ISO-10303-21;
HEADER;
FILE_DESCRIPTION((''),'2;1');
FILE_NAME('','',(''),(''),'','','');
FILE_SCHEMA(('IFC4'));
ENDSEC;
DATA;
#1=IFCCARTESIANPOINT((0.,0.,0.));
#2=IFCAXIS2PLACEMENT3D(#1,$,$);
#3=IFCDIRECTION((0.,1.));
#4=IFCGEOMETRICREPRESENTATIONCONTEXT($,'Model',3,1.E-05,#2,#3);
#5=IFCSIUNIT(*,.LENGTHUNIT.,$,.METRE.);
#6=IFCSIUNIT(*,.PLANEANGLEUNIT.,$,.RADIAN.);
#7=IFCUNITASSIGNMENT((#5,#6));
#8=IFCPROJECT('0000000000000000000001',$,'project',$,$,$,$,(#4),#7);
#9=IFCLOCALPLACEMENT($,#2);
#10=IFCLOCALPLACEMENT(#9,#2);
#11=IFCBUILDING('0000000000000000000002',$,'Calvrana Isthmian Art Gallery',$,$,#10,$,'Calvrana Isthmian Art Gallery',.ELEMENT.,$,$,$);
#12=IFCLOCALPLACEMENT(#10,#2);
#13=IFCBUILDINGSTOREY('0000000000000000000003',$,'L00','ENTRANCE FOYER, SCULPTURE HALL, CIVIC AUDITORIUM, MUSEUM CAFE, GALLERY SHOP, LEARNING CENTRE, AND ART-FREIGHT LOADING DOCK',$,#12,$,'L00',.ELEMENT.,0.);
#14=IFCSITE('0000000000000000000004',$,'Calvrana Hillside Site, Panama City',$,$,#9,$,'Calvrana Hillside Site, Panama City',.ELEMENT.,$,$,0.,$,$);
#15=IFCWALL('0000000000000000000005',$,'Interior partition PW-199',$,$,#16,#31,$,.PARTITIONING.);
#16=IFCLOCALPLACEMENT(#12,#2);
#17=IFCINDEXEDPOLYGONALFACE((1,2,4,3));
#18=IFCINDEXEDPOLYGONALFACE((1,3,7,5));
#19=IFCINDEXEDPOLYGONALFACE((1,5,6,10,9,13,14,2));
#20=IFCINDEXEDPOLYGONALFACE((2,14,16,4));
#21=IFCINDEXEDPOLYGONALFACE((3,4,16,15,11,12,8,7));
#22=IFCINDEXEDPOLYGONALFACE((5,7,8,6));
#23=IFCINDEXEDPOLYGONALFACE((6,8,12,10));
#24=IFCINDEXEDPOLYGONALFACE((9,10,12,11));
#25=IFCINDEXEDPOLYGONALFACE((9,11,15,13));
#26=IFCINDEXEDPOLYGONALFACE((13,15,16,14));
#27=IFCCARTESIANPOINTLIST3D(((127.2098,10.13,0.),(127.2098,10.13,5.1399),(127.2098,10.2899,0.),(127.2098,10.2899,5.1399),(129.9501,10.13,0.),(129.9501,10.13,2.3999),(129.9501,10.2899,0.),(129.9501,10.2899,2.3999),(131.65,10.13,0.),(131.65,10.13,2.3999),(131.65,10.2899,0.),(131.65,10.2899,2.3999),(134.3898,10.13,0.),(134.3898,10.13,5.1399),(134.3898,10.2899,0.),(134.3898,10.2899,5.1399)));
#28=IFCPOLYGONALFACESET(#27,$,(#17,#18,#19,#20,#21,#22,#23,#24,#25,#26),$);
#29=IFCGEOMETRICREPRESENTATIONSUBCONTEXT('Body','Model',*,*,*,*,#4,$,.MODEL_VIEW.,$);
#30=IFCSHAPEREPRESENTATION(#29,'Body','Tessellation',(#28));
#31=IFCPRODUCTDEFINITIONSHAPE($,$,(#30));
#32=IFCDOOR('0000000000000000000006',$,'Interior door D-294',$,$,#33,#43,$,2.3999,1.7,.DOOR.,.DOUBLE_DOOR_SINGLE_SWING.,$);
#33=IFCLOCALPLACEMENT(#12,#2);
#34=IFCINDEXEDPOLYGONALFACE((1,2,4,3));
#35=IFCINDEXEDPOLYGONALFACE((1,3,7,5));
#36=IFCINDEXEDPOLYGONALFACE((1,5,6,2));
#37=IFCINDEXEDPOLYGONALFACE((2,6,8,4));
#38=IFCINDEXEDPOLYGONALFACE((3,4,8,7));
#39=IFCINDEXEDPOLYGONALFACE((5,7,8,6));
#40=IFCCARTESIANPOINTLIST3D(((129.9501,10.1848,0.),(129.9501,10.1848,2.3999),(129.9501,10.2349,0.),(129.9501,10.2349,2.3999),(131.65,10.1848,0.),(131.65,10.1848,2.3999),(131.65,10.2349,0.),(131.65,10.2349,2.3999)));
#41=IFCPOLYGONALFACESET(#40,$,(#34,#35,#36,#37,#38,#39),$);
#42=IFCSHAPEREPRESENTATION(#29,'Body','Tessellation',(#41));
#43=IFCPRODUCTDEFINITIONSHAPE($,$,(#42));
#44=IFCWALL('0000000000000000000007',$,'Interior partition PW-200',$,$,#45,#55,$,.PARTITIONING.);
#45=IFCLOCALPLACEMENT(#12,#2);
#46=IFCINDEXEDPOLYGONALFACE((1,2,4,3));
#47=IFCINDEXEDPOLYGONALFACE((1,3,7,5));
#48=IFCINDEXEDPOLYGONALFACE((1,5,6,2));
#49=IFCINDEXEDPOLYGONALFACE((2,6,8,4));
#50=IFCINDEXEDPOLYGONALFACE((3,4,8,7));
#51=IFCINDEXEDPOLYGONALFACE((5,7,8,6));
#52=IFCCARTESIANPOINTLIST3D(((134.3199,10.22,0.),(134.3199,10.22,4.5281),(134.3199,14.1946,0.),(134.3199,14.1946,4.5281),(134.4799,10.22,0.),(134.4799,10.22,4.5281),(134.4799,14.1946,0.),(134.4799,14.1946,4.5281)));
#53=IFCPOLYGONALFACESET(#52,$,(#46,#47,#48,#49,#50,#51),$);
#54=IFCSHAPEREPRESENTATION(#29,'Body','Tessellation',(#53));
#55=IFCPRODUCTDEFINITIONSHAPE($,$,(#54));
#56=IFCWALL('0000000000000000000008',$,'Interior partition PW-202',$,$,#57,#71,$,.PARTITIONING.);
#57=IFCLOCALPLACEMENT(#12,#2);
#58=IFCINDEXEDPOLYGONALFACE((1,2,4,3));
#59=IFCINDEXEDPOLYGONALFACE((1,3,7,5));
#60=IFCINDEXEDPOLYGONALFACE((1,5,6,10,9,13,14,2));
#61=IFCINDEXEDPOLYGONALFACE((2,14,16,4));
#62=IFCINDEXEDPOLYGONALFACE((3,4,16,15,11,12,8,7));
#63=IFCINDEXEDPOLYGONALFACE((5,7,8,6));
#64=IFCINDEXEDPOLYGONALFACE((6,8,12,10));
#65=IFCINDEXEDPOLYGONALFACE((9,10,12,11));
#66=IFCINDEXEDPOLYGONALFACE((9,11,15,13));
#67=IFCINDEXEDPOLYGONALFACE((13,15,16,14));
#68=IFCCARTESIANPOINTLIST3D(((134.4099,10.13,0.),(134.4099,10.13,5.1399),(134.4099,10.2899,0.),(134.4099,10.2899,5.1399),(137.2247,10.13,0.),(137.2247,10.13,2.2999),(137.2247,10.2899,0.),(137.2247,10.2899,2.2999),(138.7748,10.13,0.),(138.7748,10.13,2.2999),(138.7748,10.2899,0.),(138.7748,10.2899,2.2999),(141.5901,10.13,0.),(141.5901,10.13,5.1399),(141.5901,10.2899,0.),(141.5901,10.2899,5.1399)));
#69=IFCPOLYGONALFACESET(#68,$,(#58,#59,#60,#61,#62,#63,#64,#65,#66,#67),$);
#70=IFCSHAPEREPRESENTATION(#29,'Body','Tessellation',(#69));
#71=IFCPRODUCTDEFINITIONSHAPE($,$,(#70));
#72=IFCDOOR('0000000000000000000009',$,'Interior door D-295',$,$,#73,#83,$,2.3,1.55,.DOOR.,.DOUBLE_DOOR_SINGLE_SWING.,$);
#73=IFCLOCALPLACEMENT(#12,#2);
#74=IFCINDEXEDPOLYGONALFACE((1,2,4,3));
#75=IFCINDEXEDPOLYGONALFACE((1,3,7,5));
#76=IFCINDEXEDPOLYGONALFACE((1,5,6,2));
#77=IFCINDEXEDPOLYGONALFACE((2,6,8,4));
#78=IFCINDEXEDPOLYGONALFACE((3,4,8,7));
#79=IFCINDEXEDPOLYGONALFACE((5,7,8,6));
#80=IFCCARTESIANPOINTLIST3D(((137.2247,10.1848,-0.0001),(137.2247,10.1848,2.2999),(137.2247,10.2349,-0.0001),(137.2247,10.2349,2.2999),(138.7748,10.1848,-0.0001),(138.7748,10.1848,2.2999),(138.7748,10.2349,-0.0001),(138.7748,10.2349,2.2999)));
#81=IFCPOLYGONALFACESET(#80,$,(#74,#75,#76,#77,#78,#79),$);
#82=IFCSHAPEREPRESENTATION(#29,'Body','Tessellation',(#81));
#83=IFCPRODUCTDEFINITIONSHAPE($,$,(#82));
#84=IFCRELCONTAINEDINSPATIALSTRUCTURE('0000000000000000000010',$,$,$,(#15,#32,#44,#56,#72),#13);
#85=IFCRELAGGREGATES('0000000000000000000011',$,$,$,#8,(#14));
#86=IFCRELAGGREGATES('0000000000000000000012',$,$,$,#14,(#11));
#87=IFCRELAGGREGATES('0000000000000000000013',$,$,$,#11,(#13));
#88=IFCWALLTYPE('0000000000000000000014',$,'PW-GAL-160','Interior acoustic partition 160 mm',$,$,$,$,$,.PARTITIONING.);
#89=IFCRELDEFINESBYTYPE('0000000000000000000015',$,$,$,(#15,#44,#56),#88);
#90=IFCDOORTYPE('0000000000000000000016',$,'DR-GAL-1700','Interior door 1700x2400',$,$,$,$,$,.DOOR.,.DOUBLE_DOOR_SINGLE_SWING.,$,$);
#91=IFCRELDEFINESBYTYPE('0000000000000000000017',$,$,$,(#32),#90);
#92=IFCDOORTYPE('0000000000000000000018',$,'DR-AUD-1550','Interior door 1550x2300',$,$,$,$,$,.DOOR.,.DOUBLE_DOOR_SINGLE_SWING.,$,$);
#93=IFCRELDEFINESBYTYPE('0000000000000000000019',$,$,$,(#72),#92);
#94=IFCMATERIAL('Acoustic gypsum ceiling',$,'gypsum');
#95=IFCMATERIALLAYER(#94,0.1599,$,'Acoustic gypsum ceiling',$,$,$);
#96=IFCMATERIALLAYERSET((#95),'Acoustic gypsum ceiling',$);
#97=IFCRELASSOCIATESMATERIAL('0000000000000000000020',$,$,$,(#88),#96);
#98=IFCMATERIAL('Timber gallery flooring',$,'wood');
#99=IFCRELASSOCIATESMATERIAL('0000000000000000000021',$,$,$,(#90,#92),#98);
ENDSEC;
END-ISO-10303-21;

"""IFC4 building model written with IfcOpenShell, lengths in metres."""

from ifc_helpers import new_model, si_unit, direction, frame, frame_2d, origin, place, context, subcontext, project, spatial, rectangle, extrude, material, layer, layer_set, type_object, element, fill, save


model = new_model("IFC4")

# Units and contexts
model_context = context("Model", 3, precision=1e-05, world=origin(), true_north=direction((0.0, 1.0)))
body_context = subcontext(model_context, "Body", "Model", "MODEL_VIEW")
ifc_project = project(units=[si_unit("LENGTHUNIT", "METRE"), si_unit("PLANEANGLEUNIT", "RADIAN")], contexts=[model_context])

# Site, building, storey
site_placement = place(None, origin())
site = spatial("IfcSite", under=ifc_project, at=site_placement, Name="Calvrana Hillside Site, Panama City", LongName="Calvrana Hillside Site, Panama City", CompositionType="ELEMENT", RefElevation=0.0)
building_placement = place(site_placement, origin())
building = spatial("IfcBuilding", under=site, at=building_placement, Name="Calvrana Isthmian Art Gallery", LongName="Calvrana Isthmian Art Gallery", CompositionType="ELEMENT")
storey_placement = place(building_placement, origin())
storey = spatial("IfcBuildingStorey", under=building, at=storey_placement, Name="L00", Description="ENTRANCE FOYER, SCULPTURE HALL, CIVIC AUDITORIUM, MUSEUM CAFE, GALLERY SHOP, LEARNING CENTRE, AND ART-FREIGHT LOADING DOCK", LongName="L00", CompositionType="ELEMENT", Elevation=0.0)

# Wall, opening, door
ifc_material_1 = material(Name="Acoustic gypsum ceiling", Category="gypsum")
ifc_layer = layer(ifc_material_1, 0.1599, Name="Acoustic gypsum ceiling")
ifc_layer_set = layer_set([ifc_layer], Name="Acoustic gypsum ceiling")
wall_type = type_object("IfcWallType", Name="PW-GAL-160", Description="Interior acoustic partition 160 mm", PredefinedType="PARTITIONING", material=ifc_layer_set)
ifc_material_2 = material(Name="Timber gallery flooring", Category="wood")
wall_1_placement = place(storey_placement, frame((127.21, 10.21, 0.0), z_axis=(0.0, 0.0, 1.0), x_axis=(1.0, 0.0, 0.0)))
wall_1 = element("IfcWall", 1, at=wall_1_placement, inside=storey, type_object=wall_type, Name="Interior partition PW-199", PredefinedType="PARTITIONING", context=body_context, shape_type="SweptSolid", body=[
    extrude(rectangle(XDim=7.1799, YDim=0.1599, at=frame_2d((3.5898, 0.0))), origin(), (0.0, 0.0, 1.0), 5.1399),
])
opening_1_placement = place(wall_1_placement, frame((2.74, 0.0, 0.0)))
opening_1 = element("IfcOpeningElement", 2, at=opening_1_placement, cuts=wall_1, PredefinedType="OPENING", context=body_context, shape_type="SweptSolid", body=[
    extrude(rectangle(XDim=1.7, YDim=2.3999, at=frame_2d((0.8501, 1.2))), frame((0.0, 0.0903, 0.0), z_axis=(0.0, -1.0, 0.0), x_axis=(1.0, 0.0, 0.0)), (0.0, 0.0, 1.0), 0.1804),
])
door_type_1 = type_object("IfcDoorType", Name="DR-GAL-1700", Description="Interior door 1700x2400", OperationType="DOUBLE_DOOR_SINGLE_SWING", PredefinedType="DOOR", material=ifc_material_2)
door_1_placement = place(opening_1_placement, origin())
door_1 = element("IfcDoor", 3, at=door_1_placement, inside=storey, type_object=door_type_1, Name="Interior door D-294", OperationType="DOUBLE_DOOR_SINGLE_SWING", OverallHeight=2.3999, OverallWidth=1.7, PredefinedType="DOOR", context=body_context, shape_type="SweptSolid", body=[
    extrude(rectangle(XDim=1.7, YDim=2.3999, at=frame_2d((0.8501, 1.2))), frame((0.0, 0.0249, 0.0), z_axis=(0.0, -1.0, 0.0), x_axis=(1.0, 0.0, 0.0)), (0.0, 0.0, 1.0), 0.05),
])
fill(opening_1, door_1)

# Wall
wall_2_placement = place(storey_placement, frame((134.3999, 10.22, 0.0), z_axis=(0.0, 0.0, 1.0), x_axis=(0.0, 1.0, 0.0)))
element("IfcWall", 4, at=wall_2_placement, inside=storey, type_object=wall_type, Name="Interior partition PW-200", PredefinedType="PARTITIONING", context=body_context, shape_type="SweptSolid", body=[
    extrude(rectangle(XDim=3.9746, YDim=0.1599, at=frame_2d((1.9873, 0.0))), origin(), (0.0, 0.0, 1.0), 4.5281),
])

# Wall, opening, door
wall_3_placement = place(storey_placement, frame((134.4099, 10.21, 0.0), z_axis=(0.0, 0.0, 1.0), x_axis=(1.0, 0.0, 0.0)))
wall_3 = element("IfcWall", 5, at=wall_3_placement, inside=storey, type_object=wall_type, Name="Interior partition PW-202", PredefinedType="PARTITIONING", context=body_context, shape_type="SweptSolid", body=[
    extrude(rectangle(XDim=7.1802, YDim=0.1599, at=frame_2d((3.5901, 0.0))), origin(), (0.0, 0.0, 1.0), 5.1399),
])
opening_2_placement = place(wall_3_placement, frame((2.8149, 0.0, 0.0)))
opening_2 = element("IfcOpeningElement", 6, at=opening_2_placement, cuts=wall_3, PredefinedType="OPENING", context=body_context, shape_type="SweptSolid", body=[
    extrude(rectangle(XDim=1.55, YDim=2.3, at=frame_2d((0.7749, 1.1499))), frame((0.0, 0.0903, 0.0), z_axis=(0.0, -1.0, 0.0), x_axis=(1.0, 0.0, 0.0)), (0.0, 0.0, 1.0), 0.1804),
])
door_type_2 = type_object("IfcDoorType", Name="DR-AUD-1550", Description="Interior door 1550x2300", OperationType="DOUBLE_DOOR_SINGLE_SWING", PredefinedType="DOOR", material=ifc_material_2)
door_2_placement = place(opening_2_placement, origin())
door_2 = element("IfcDoor", 7, at=door_2_placement, inside=storey, type_object=door_type_2, Name="Interior door D-295", OperationType="DOUBLE_DOOR_SINGLE_SWING", OverallHeight=2.3, OverallWidth=1.55, PredefinedType="DOOR", context=body_context, shape_type="SweptSolid", body=[
    extrude(rectangle(XDim=1.55, YDim=2.3, at=frame_2d((0.7749, 1.1499))), frame((0.0, 0.0249, 0.0), z_axis=(0.0, -1.0, 0.0), x_axis=(1.0, 0.0, 0.0)), (0.0, 0.0, 1.0), 0.05),
])
fill(opening_2, door_2)

save(model, "model.ifc")
